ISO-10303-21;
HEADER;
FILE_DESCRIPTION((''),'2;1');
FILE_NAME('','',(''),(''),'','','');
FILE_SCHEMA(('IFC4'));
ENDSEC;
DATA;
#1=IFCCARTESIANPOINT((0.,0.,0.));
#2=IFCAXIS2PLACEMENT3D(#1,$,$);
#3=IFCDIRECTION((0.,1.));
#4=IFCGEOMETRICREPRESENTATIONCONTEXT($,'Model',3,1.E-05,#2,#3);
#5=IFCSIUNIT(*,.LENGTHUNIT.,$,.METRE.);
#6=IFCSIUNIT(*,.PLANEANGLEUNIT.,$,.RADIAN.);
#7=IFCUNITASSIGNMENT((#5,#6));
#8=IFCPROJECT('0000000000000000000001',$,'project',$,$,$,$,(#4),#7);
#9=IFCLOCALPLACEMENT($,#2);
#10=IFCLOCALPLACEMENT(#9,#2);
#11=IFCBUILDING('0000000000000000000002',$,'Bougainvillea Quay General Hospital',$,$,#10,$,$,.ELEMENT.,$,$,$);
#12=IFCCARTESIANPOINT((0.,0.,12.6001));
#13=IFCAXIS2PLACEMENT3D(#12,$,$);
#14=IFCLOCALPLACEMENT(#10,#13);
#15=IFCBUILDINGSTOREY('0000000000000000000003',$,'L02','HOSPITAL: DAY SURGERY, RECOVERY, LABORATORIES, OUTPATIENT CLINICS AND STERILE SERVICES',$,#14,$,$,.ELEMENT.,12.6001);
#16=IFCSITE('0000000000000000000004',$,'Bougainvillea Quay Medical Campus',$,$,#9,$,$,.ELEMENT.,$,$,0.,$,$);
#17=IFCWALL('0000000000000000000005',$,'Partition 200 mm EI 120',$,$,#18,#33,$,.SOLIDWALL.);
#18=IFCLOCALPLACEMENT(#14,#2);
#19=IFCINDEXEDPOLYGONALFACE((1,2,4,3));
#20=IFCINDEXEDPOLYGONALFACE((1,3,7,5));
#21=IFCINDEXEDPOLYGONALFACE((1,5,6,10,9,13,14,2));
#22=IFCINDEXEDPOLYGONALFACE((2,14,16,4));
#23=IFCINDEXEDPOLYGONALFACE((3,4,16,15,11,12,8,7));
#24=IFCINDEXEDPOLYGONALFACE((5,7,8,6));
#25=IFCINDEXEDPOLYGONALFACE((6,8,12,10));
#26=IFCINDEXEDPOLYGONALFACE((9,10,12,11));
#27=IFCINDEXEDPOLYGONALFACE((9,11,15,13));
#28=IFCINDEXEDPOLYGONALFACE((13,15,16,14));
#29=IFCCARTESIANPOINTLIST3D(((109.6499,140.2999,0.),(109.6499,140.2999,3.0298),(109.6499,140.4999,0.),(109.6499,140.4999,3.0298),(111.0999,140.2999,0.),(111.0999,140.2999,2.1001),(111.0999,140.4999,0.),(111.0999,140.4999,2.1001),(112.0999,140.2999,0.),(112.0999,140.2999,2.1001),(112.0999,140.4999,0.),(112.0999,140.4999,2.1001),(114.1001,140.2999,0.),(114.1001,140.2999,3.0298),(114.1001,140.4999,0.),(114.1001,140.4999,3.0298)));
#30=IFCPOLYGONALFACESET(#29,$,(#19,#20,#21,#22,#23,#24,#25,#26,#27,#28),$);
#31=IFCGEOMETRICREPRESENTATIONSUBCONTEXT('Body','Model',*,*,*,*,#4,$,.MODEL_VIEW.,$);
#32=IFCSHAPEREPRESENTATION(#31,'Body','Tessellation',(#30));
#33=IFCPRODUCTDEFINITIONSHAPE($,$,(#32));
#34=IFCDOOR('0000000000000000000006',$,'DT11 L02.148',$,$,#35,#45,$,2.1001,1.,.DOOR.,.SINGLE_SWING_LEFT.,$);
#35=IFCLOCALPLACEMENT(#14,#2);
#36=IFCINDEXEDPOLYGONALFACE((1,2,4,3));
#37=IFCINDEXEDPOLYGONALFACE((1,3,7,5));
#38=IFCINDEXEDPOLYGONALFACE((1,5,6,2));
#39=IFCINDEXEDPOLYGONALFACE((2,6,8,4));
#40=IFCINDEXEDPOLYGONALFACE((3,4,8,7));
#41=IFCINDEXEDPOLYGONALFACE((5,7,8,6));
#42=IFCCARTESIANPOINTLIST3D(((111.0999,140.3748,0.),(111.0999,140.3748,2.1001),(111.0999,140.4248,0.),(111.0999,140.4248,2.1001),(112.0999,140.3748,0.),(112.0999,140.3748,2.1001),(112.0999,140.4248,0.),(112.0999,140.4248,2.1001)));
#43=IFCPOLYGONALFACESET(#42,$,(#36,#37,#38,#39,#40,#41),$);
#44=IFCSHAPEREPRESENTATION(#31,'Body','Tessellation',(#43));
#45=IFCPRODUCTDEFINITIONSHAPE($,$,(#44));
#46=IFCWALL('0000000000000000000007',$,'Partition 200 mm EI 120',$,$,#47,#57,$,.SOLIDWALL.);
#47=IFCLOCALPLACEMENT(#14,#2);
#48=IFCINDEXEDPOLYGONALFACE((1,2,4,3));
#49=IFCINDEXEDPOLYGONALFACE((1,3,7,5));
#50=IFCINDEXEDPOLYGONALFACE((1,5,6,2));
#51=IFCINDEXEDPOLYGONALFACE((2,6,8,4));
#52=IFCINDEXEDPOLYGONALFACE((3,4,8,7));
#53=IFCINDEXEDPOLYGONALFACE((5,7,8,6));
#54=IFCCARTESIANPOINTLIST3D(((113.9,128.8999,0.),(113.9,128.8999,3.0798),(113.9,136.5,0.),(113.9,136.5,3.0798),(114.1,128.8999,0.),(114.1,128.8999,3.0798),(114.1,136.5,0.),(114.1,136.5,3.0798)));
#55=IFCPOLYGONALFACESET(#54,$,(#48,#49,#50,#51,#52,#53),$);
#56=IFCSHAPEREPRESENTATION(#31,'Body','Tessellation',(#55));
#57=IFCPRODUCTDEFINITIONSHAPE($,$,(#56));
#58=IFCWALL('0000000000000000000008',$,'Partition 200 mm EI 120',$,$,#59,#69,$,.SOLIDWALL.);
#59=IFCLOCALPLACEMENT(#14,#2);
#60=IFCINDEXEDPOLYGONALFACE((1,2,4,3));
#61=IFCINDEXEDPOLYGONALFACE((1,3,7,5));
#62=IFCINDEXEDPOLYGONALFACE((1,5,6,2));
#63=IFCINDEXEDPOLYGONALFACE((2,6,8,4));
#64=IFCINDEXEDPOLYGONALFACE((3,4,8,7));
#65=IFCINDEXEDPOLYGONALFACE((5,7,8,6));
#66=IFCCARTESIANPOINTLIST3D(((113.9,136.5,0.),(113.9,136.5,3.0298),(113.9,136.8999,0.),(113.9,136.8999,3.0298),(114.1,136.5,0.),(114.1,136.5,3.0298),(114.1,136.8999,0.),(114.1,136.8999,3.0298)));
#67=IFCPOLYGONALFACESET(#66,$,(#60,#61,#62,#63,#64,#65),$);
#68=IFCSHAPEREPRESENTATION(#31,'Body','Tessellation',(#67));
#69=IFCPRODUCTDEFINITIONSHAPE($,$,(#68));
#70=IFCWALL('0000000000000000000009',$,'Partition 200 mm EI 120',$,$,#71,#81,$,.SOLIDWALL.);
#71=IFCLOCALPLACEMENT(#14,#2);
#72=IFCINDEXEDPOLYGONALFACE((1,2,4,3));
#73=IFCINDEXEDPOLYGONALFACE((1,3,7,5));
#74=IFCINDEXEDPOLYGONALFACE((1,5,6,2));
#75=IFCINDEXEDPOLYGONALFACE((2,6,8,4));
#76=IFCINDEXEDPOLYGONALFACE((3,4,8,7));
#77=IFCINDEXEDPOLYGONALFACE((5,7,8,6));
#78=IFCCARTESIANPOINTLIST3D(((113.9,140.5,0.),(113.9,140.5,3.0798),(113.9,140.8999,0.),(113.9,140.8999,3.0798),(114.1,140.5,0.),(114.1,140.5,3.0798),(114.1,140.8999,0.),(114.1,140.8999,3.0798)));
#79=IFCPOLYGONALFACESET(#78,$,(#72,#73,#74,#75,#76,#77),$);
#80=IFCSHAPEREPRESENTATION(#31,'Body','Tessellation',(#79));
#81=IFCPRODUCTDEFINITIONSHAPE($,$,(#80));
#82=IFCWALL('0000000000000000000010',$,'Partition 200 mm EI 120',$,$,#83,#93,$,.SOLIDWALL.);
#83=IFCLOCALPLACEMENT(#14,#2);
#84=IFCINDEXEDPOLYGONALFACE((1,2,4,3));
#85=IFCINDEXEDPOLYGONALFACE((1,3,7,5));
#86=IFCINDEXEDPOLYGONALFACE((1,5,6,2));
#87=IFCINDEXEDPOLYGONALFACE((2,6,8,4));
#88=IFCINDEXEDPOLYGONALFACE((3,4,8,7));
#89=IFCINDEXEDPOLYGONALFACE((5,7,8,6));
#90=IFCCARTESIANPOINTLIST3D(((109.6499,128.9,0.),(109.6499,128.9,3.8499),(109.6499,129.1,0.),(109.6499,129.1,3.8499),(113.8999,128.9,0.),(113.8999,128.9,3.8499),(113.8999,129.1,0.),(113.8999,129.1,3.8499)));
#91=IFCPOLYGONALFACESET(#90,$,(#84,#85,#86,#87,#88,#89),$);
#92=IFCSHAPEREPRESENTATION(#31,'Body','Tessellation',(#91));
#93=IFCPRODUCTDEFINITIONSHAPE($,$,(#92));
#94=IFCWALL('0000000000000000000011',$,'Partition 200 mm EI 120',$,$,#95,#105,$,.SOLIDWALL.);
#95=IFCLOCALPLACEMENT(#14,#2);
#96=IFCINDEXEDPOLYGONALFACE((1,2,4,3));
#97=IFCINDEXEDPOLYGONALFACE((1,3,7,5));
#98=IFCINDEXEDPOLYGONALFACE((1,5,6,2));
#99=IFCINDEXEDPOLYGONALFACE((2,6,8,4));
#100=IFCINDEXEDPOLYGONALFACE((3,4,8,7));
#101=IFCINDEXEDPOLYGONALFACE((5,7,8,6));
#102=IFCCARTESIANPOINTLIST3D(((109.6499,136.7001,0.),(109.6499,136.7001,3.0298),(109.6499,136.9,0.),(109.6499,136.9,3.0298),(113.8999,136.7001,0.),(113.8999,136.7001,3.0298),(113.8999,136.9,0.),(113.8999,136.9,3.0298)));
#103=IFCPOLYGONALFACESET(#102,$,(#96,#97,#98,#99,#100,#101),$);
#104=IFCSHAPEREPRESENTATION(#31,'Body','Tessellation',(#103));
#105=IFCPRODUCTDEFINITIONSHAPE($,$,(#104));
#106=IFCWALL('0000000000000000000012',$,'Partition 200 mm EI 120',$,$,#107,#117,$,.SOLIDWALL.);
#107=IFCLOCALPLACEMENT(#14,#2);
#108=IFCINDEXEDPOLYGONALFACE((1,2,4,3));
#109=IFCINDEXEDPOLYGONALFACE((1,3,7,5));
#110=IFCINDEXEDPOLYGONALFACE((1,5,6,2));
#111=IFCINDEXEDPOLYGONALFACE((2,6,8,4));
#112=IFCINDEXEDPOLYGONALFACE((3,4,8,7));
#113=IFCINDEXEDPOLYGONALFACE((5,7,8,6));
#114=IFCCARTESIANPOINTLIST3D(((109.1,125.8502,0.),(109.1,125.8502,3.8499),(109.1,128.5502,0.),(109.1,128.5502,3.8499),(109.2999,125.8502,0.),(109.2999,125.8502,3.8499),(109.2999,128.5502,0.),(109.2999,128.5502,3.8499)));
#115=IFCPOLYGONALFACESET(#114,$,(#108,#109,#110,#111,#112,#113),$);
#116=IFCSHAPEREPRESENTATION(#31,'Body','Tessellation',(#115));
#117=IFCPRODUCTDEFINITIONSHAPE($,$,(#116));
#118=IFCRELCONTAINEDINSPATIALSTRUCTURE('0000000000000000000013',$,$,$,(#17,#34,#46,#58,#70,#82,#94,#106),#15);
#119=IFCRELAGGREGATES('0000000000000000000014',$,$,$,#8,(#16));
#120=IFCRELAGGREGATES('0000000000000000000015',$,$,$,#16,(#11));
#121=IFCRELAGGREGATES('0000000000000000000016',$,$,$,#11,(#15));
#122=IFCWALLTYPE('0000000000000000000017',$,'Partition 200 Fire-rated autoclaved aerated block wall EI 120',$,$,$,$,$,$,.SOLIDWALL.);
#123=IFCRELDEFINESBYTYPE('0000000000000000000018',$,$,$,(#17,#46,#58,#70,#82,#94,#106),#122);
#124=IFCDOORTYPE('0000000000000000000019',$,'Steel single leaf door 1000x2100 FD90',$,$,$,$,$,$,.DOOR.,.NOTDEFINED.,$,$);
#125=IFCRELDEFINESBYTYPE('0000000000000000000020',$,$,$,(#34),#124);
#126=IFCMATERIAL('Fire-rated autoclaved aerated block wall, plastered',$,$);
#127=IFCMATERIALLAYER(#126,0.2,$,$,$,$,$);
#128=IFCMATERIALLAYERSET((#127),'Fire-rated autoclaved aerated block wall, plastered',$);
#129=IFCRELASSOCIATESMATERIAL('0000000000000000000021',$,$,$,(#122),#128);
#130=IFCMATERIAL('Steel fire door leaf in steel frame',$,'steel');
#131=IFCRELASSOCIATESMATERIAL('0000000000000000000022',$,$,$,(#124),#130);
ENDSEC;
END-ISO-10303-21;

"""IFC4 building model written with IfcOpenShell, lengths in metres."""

from ifc_helpers import new_model, si_unit, direction, frame, frame_2d, origin, place, context, subcontext, project, spatial, rectangle, extrude, material, layer, layer_set, type_object, element, fill, save


model = new_model("IFC4")

# Units and contexts
model_context = context("Model", 3, precision=1e-05, world=origin(), true_north=direction((0.0, 1.0)))
body_context = subcontext(model_context, "Body", "Model", "MODEL_VIEW")
ifc_project = project(units=[si_unit("LENGTHUNIT", "METRE"), si_unit("PLANEANGLEUNIT", "RADIAN")], contexts=[model_context])

# Site, building, storey
site_placement = place(None, origin())
site = spatial("IfcSite", under=ifc_project, at=site_placement, Name="Bougainvillea Quay Medical Campus", CompositionType="ELEMENT", RefElevation=0.0)
building_placement = place(site_placement, origin())
building = spatial("IfcBuilding", under=site, at=building_placement, Name="Bougainvillea Quay General Hospital", CompositionType="ELEMENT")
storey_placement = place(building_placement, frame((0.0, 0.0, 12.6001)))
storey = spatial("IfcBuildingStorey", under=building, at=storey_placement, Name="L02", Description="HOSPITAL: DAY SURGERY, RECOVERY, LABORATORIES, OUTPATIENT CLINICS AND STERILE SERVICES", CompositionType="ELEMENT", Elevation=12.6001)

# Shared definitions
ifc_material_1 = material(Name="Fire-rated autoclaved aerated block wall, plastered")
ifc_layer_1 = layer(ifc_material_1, 0.2)
ifc_layer_set_1 = layer_set([ifc_layer_1], Name="Fire-rated autoclaved aerated block wall, plastered")
wall_type_1 = type_object("IfcWallType", Name="Partition 200 Fire-rated autoclaved aerated block wall EI 120", PredefinedType="SOLIDWALL", material=ifc_layer_set_1)

# Wall, opening, door
wall_1_placement = place(storey_placement, frame((109.6499, 140.3999, 0.0), z_axis=(0.0, 0.0, 1.0), x_axis=(1.0, 0.0, 0.0)))
wall_1 = element("IfcWall", 1, at=wall_1_placement, inside=storey, type_object=wall_type_1, Name="Partition 200 mm EI 120", PredefinedType="SOLIDWALL", context=body_context, shape_type="SweptSolid", body=[
    extrude(rectangle(XDim=4.4502, YDim=0.2, at=frame_2d((2.2251, 0.0))), origin(), (0.0, 0.0, 1.0), 3.0298),
])
opening_1_placement = place(wall_1_placement, frame((1.45, 0.0, 0.0)))
opening_1 = element("IfcOpeningElement", 2, at=opening_1_placement, cuts=wall_1, PredefinedType="OPENING", context=body_context, shape_type="SweptSolid", body=[
    extrude(rectangle(XDim=1.0, YDim=2.1001, at=frame_2d((0.5, 1.05))), frame((0.0, 0.1099, 0.0), z_axis=(0.0, -1.0, 0.0), x_axis=(1.0, 0.0, 0.0)), (0.0, 0.0, 1.0), 0.22),
])
ifc_material_2 = material(Name="Steel fire door leaf in steel frame", Category="steel")
door_type_1 = type_object("IfcDoorType", Name="Steel single leaf door 1000x2100 FD90", OperationType="NOTDEFINED", PredefinedType="DOOR", material=ifc_material_2)
door_1_placement = place(opening_1_placement, origin())
door_1 = element("IfcDoor", 3, at=door_1_placement, inside=storey, type_object=door_type_1, Name="DT11 L02.148", OperationType="SINGLE_SWING_LEFT", OverallHeight=2.1001, OverallWidth=1.0, PredefinedType="DOOR", context=body_context, shape_type="SweptSolid", body=[
    extrude(rectangle(XDim=1.0, YDim=2.1001, at=frame_2d((0.5, 1.05))), frame((0.0, 0.0249, 0.0), z_axis=(0.0, -1.0, 0.0), x_axis=(1.0, 0.0, 0.0)), (0.0, 0.0, 1.0), 0.05),
])
fill(opening_1, door_1)

# Walls
wall_2_placement = place(storey_placement, frame((114.0, 128.8999, 0.0), z_axis=(0.0, 0.0, 1.0), x_axis=(0.0, 1.0, 0.0)))
element("IfcWall", 4, at=wall_2_placement, inside=storey, type_object=wall_type_1, Name="Partition 200 mm EI 120", PredefinedType="SOLIDWALL", context=body_context, shape_type="SweptSolid", body=[
    extrude(rectangle(XDim=7.6001, YDim=0.2, at=frame_2d((3.8, 0.0))), origin(), (0.0, 0.0, 1.0), 3.0798),
])
wall_3_placement = place(storey_placement, frame((114.0, 136.5, 0.0), z_axis=(0.0, 0.0, 1.0), x_axis=(0.0, 1.0, 0.0)))
element("IfcWall", 5, at=wall_3_placement, inside=storey, type_object=wall_type_1, Name="Partition 200 mm EI 120", PredefinedType="SOLIDWALL", context=body_context, shape_type="SweptSolid", body=[
    extrude(rectangle(XDim=0.3999, YDim=0.2, at=frame_2d((0.2, 0.0))), origin(), (0.0, 0.0, 1.0), 3.0298),
])
wall_4_placement = place(storey_placement, frame((114.0, 140.5, 0.0), z_axis=(0.0, 0.0, 1.0), x_axis=(0.0, 1.0, 0.0)))
element("IfcWall", 6, at=wall_4_placement, inside=storey, type_object=wall_type_1, Name="Partition 200 mm EI 120", PredefinedType="SOLIDWALL", context=body_context, shape_type="SweptSolid", body=[
    extrude(rectangle(XDim=0.3999, YDim=0.2, at=frame_2d((0.2, 0.0))), origin(), (0.0, 0.0, 1.0), 3.0798),
])
wall_5_placement = place(storey_placement, frame((109.6499, 129.0, 0.0), z_axis=(0.0, 0.0, 1.0), x_axis=(1.0, 0.0, 0.0)))
element("IfcWall", 7, at=wall_5_placement, inside=storey, type_object=wall_type_1, Name="Partition 200 mm EI 120", PredefinedType="SOLIDWALL", context=body_context, shape_type="SweptSolid", body=[
    extrude(rectangle(XDim=4.25, YDim=0.2, at=frame_2d((2.125, 0.0))), origin(), (0.0, 0.0, 1.0), 3.8499),
])
wall_6_placement = place(storey_placement, frame((109.6499, 136.8, 0.0), z_axis=(0.0, 0.0, 1.0), x_axis=(1.0, 0.0, 0.0)))
element("IfcWall", 8, at=wall_6_placement, inside=storey, type_object=wall_type_1, Name="Partition 200 mm EI 120", PredefinedType="SOLIDWALL", context=body_context, shape_type="SweptSolid", body=[
    extrude(rectangle(XDim=4.25, YDim=0.2, at=frame_2d((2.125, 0.0))), origin(), (0.0, 0.0, 1.0), 3.0298),
])
wall_7_placement = place(storey_placement, frame((109.2, 125.8501, 0.0), z_axis=(0.0, 0.0, 1.0), x_axis=(0.0, 1.0, 0.0)))
element("IfcWall", 9, at=wall_7_placement, inside=storey, type_object=wall_type_1, Name="Partition 200 mm EI 120", PredefinedType="SOLIDWALL", context=body_context, shape_type="SweptSolid", body=[
    extrude(rectangle(XDim=2.7, YDim=0.2, at=frame_2d((1.3501, 0.0))), origin(), (0.0, 0.0, 1.0), 3.8499),
])

save(model, "model.ifc")
